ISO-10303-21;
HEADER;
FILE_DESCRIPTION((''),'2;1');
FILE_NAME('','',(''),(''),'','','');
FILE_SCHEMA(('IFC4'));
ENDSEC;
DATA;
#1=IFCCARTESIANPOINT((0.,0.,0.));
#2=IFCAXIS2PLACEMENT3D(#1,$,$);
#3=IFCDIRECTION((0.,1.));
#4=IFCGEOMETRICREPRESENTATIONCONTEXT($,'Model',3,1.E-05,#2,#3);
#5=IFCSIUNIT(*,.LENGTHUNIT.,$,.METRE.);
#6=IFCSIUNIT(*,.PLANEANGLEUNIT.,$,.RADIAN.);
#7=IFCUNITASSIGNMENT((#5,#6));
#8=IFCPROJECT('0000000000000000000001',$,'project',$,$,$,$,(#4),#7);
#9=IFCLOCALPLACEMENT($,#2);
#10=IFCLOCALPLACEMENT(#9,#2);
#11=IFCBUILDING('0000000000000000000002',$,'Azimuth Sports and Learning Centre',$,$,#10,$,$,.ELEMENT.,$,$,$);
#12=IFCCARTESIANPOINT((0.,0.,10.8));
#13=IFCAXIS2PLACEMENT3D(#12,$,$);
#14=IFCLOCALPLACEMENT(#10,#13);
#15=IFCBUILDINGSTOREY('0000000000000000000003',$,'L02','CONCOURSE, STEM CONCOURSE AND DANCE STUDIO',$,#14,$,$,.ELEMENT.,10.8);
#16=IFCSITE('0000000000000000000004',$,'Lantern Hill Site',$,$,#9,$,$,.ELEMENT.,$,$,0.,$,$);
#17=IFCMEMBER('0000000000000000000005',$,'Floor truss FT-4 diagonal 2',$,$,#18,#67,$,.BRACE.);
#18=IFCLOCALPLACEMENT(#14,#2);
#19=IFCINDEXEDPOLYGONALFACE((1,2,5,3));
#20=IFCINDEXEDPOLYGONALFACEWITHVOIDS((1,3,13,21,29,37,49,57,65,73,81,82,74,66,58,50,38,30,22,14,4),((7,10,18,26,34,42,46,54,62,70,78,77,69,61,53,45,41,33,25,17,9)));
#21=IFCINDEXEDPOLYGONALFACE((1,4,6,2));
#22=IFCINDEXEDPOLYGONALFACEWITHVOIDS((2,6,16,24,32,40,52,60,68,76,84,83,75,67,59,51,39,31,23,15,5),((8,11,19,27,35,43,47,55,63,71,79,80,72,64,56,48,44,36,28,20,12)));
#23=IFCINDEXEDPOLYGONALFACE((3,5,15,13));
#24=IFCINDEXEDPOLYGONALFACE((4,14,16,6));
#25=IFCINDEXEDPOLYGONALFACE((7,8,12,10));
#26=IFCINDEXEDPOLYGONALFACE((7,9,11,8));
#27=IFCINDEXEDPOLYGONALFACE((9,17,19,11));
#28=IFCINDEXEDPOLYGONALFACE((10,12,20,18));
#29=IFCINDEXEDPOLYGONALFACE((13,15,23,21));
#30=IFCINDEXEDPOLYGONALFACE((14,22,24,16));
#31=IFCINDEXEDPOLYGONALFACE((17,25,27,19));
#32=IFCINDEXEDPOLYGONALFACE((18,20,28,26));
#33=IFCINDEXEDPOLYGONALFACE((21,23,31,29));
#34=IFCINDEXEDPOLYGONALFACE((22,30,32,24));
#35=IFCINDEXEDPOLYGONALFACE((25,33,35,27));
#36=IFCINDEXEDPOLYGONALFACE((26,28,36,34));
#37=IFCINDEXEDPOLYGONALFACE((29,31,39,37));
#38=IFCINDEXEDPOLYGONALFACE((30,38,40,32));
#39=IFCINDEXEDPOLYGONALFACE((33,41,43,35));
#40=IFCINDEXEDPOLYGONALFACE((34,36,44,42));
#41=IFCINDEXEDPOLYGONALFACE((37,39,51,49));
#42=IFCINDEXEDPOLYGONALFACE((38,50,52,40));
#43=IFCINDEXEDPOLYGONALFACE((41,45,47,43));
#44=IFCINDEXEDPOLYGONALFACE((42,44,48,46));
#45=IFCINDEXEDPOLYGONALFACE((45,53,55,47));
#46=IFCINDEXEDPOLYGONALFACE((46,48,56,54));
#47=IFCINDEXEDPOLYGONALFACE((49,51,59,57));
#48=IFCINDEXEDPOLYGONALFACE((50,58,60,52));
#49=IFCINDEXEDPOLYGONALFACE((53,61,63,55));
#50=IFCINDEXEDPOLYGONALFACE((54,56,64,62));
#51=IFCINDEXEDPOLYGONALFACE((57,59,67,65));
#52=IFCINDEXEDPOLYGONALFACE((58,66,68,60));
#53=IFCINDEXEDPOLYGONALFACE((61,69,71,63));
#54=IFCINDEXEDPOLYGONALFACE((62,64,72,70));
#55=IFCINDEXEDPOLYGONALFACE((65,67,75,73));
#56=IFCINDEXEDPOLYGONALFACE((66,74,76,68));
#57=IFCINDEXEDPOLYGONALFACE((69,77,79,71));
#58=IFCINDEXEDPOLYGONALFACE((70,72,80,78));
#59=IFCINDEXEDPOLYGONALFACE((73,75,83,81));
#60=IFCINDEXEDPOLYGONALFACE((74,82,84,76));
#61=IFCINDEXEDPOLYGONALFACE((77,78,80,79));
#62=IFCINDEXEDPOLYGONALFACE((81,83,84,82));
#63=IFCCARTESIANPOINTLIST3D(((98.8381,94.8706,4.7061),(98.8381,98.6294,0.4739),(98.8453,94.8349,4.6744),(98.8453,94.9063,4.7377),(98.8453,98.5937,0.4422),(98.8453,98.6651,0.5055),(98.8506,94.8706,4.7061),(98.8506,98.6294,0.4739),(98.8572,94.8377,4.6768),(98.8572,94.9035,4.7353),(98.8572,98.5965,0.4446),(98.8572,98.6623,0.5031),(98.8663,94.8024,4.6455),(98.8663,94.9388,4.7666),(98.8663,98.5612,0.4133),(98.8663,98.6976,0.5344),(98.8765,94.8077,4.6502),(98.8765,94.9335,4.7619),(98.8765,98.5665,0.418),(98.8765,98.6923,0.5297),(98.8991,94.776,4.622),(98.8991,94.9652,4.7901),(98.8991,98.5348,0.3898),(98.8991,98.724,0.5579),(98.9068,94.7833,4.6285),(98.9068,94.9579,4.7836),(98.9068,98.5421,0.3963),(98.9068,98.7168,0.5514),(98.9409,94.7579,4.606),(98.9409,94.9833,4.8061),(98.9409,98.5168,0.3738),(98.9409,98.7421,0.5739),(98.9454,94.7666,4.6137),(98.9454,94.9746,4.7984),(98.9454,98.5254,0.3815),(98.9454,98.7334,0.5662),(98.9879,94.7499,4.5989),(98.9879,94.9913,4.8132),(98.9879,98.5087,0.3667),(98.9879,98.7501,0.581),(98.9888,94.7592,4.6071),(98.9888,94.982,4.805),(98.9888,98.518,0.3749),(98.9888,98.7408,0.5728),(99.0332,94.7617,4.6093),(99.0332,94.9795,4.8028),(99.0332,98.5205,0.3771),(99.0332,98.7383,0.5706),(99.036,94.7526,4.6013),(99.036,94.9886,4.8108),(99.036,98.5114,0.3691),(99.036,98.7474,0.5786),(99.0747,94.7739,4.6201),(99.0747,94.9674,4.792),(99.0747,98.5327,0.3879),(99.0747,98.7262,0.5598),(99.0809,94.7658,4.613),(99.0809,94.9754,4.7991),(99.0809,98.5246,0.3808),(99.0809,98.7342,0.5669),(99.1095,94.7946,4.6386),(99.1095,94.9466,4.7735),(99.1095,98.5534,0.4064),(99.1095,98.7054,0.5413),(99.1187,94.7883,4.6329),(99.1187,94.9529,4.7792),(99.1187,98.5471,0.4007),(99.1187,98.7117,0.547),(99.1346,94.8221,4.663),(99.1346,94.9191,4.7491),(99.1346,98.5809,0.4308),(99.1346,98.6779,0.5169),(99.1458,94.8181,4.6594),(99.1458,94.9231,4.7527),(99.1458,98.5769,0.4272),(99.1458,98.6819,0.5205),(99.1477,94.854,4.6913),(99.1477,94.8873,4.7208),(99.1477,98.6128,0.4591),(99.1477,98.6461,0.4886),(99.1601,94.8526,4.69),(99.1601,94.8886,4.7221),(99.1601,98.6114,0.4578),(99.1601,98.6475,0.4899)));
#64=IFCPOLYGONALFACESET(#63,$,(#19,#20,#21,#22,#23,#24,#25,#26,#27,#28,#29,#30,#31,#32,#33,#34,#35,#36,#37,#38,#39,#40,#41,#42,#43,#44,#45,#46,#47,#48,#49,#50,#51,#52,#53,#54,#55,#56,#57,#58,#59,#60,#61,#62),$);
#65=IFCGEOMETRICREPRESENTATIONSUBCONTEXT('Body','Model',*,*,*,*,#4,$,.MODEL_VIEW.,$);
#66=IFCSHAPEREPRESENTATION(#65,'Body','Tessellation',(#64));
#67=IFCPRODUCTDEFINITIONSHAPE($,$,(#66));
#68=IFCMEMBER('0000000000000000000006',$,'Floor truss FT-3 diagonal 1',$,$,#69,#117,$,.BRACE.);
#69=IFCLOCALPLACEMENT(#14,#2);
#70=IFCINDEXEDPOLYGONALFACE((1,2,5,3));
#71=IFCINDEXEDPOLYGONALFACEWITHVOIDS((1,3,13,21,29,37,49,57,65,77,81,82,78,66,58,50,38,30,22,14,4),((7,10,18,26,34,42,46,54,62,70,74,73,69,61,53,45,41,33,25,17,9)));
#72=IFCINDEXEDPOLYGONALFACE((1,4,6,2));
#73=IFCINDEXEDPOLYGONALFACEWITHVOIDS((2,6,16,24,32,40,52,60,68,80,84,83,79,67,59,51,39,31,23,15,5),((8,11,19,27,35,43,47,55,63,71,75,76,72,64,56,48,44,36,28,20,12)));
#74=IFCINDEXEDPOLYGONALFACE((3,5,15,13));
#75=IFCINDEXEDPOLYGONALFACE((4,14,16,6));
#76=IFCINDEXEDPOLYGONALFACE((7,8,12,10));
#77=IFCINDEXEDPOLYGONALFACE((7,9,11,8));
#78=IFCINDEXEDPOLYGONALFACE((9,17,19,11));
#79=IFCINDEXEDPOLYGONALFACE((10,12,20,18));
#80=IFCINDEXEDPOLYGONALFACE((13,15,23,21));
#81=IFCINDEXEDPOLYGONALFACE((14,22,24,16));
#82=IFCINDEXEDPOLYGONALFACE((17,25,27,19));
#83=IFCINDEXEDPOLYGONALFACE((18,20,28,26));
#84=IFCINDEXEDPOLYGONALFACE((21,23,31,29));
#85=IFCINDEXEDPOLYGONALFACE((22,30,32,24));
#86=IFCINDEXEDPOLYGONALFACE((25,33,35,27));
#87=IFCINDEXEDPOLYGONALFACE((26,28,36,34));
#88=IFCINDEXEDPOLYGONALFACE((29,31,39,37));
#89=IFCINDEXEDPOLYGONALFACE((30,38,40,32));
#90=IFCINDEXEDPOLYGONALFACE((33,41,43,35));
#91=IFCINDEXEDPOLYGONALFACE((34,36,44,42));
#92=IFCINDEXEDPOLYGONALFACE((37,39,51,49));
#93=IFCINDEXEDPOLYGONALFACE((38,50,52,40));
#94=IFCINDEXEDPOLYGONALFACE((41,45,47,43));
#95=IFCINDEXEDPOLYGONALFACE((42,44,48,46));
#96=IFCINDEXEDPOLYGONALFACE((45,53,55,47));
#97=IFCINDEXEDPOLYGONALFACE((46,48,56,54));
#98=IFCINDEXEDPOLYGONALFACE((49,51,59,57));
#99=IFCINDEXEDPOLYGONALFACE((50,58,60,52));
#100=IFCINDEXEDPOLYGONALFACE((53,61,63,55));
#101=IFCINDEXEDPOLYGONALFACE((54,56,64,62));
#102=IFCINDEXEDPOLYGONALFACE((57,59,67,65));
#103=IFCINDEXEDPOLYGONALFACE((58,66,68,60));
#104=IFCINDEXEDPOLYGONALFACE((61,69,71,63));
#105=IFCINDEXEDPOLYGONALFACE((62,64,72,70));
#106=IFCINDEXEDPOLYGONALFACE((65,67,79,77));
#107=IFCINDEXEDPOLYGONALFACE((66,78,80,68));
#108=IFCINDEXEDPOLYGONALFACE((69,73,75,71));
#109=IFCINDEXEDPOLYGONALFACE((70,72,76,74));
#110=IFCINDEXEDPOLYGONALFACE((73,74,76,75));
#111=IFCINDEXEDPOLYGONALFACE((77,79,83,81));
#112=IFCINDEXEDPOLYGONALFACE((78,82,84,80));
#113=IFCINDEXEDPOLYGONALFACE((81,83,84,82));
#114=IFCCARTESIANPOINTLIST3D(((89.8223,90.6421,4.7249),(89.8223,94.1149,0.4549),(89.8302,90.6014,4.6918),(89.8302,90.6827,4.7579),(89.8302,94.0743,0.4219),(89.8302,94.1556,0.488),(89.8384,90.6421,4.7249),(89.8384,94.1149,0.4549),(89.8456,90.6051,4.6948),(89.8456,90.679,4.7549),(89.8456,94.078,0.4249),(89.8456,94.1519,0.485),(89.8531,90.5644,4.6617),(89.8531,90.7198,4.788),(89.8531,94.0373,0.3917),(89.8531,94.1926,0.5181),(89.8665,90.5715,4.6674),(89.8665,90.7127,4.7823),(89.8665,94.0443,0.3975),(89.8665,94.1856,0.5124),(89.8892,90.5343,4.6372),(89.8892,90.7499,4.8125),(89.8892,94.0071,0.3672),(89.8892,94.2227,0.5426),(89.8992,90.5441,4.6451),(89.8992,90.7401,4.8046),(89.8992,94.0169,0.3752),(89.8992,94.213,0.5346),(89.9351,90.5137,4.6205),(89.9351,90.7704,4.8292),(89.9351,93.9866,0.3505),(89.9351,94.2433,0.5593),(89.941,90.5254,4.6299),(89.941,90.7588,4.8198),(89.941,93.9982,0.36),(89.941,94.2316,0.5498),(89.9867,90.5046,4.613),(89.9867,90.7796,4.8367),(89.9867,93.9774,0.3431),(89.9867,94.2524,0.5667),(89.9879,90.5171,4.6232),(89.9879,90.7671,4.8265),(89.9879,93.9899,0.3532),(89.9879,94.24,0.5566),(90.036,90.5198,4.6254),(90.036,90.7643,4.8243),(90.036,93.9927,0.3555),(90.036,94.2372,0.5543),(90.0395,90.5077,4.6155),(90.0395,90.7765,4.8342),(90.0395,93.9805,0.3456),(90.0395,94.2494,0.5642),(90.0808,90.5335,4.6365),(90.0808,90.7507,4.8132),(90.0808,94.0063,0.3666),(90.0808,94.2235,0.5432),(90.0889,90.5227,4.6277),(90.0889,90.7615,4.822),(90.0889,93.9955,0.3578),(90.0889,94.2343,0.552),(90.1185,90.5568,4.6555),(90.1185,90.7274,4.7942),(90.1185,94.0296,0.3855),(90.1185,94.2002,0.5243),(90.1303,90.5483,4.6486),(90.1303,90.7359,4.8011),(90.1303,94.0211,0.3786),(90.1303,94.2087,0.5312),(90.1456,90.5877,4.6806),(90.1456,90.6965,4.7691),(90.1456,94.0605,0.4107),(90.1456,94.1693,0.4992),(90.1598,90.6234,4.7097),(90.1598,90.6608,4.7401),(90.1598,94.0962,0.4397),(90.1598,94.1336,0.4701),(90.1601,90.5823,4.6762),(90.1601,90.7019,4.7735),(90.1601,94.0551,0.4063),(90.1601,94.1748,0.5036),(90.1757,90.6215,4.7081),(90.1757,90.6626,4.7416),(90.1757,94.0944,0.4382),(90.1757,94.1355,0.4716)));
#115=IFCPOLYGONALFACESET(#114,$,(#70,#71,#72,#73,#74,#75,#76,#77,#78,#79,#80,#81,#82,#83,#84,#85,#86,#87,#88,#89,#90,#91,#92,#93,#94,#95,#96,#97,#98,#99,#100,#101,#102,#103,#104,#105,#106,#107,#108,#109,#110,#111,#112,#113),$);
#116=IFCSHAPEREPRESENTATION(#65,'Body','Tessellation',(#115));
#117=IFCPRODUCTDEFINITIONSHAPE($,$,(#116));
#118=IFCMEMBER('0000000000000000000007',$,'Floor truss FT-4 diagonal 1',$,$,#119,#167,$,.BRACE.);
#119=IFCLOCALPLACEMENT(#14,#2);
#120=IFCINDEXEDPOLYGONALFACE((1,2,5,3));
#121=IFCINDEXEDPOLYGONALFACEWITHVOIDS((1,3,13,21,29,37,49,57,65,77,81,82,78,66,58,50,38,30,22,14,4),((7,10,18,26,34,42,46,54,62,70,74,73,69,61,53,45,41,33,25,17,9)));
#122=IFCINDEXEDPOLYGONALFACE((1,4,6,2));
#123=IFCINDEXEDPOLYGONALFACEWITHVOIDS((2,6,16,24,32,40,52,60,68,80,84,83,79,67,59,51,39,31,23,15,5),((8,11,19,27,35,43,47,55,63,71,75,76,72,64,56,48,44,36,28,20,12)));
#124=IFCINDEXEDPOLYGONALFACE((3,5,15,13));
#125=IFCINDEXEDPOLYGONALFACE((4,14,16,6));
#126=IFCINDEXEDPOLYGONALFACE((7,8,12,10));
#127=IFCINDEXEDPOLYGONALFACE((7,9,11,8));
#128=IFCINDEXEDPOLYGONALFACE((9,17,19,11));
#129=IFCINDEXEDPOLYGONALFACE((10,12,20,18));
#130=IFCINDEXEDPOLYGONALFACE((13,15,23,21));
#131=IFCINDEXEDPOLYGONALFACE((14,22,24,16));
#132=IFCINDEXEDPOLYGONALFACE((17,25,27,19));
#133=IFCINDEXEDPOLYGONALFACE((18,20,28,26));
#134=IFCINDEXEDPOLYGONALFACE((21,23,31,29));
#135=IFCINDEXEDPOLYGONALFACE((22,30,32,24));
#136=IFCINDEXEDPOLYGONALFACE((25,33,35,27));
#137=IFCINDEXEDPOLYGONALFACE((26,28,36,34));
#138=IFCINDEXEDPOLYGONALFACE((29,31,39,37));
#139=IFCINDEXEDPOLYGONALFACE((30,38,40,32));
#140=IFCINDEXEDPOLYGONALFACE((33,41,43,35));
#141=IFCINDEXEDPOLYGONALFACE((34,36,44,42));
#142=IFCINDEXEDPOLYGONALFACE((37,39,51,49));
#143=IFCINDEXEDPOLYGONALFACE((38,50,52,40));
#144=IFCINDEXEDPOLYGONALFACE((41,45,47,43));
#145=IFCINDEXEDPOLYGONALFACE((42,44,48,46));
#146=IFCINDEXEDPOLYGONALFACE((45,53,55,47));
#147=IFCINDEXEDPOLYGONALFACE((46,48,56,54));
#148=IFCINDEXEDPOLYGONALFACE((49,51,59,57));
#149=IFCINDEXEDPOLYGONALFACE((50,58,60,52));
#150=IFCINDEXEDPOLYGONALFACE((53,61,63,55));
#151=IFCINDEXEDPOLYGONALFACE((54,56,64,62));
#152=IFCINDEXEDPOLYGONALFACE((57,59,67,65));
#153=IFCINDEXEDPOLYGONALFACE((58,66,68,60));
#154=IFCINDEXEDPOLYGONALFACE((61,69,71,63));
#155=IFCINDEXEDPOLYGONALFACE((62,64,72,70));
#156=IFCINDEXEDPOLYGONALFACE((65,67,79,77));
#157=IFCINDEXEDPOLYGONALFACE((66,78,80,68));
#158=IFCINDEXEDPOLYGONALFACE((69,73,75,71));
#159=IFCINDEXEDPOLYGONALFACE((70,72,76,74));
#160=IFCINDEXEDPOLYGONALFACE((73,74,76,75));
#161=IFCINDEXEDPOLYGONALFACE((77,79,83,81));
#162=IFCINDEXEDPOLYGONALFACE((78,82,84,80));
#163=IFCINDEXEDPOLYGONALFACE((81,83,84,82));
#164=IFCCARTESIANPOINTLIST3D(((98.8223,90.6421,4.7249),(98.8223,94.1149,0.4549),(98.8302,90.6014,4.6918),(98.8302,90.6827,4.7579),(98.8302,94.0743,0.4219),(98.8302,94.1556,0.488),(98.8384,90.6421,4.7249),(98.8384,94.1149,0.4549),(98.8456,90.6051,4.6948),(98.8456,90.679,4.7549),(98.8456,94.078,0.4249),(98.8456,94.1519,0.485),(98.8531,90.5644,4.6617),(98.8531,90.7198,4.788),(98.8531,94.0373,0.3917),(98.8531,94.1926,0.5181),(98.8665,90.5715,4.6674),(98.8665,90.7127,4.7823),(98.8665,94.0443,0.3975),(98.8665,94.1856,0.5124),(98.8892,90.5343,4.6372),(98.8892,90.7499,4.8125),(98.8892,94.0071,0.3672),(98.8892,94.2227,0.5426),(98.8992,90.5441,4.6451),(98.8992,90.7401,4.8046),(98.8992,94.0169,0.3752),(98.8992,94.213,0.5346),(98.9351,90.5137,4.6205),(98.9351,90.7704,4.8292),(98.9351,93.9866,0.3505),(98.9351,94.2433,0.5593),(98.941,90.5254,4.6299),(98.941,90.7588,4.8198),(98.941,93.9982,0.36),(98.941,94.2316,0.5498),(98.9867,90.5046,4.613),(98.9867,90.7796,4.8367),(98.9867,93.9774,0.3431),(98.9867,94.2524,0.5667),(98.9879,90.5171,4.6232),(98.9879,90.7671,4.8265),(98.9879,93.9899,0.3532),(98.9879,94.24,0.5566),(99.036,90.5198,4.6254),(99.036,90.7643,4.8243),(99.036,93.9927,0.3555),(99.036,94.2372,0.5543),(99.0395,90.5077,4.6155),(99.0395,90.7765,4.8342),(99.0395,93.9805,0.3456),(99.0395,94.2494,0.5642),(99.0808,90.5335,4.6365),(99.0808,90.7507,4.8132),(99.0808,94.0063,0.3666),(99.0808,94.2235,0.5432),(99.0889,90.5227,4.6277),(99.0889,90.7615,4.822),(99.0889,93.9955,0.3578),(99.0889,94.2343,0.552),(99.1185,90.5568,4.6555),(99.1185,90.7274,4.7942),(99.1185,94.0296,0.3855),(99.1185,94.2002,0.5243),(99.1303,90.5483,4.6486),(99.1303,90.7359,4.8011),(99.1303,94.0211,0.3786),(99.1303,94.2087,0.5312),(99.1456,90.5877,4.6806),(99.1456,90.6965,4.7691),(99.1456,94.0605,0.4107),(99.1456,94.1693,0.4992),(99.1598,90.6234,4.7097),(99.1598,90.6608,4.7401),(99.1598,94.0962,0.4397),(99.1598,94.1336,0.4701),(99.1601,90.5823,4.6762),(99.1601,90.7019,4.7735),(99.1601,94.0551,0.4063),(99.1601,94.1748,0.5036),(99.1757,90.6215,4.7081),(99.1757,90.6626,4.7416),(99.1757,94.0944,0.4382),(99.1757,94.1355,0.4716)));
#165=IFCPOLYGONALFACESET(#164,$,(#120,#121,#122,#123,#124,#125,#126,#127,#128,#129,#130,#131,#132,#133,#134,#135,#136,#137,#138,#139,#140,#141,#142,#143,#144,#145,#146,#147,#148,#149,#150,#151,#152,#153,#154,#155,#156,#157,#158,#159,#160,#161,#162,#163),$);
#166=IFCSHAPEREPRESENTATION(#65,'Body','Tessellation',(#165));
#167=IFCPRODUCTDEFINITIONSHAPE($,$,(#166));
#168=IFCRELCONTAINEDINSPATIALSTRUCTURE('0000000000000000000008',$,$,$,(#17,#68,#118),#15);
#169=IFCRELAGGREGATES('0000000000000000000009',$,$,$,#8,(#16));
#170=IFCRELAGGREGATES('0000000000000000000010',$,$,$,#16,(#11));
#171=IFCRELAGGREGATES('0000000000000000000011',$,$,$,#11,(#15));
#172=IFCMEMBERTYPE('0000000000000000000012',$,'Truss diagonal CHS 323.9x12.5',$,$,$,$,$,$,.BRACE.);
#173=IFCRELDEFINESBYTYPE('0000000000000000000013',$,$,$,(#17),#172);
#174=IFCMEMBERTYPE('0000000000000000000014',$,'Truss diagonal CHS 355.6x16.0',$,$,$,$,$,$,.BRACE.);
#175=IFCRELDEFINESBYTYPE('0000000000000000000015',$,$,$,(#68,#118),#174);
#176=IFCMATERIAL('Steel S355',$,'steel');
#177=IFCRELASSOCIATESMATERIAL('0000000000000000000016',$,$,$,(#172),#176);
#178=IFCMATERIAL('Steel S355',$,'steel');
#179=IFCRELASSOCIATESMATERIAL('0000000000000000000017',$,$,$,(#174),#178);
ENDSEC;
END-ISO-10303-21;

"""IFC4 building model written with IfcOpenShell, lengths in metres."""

from ifc_helpers import new_model, si_unit, direction, frame, origin, origin_2d, place, context, subcontext, project, spatial, hollow_circle, extrude, material, material_profile, profile_set, type_object, element, save


model = new_model("IFC4")

# Units and contexts
model_context = context("Model", 3, precision=1e-05, world=origin(), true_north=direction((0.0, 1.0)))
body_context = subcontext(model_context, "Body", "Model", "MODEL_VIEW")
ifc_project = project(units=[si_unit("LENGTHUNIT", "METRE"), si_unit("PLANEANGLEUNIT", "RADIAN")], contexts=[model_context])

# Site, building, storey
site_placement = place(None, origin())
site = spatial("IfcSite", under=ifc_project, at=site_placement, Name="Lantern Hill Site", CompositionType="ELEMENT", RefElevation=0.0)
building_placement = place(site_placement, origin())
building = spatial("IfcBuilding", under=site, at=building_placement, Name="Azimuth Sports and Learning Centre", CompositionType="ELEMENT")
storey_placement = place(building_placement, frame((0.0, 0.0, 10.8)))
storey = spatial("IfcBuildingStorey", under=building, at=storey_placement, Name="L02", Description="CONCOURSE, STEM CONCOURSE AND DANCE STUDIO", CompositionType="ELEMENT", Elevation=10.8)

# Members
ifc_material_1 = material(Name="Steel S355", Category="steel")
ifc_material_profile_1 = material_profile(ifc_material_1, hollow_circle(Radius=0.1619, WallThickness=0.0125, at=origin_2d()), Name="CHS 323.9x12.5")
ifc_profile_set_1 = profile_set([ifc_material_profile_1], Name="Steel S355")
member_type_1 = type_object("IfcMemberType", Name="Truss diagonal CHS 323.9x12.5", PredefinedType="BRACE", material=ifc_profile_set_1)
for number, where, z_axis, x_axis, name in (
    (1, (99.0, 94.8706, 4.7061), (0.0, 0.664053, -0.747685), (-1.0, 0.0, 0.0), "Floor truss FT-4 diagonal 2"),
):
    element("IfcMember", number, at=place(storey_placement, frame(where, z_axis=z_axis, x_axis=x_axis)), inside=storey, type_object=member_type_1, Name=name, PredefinedType="BRACE", context=body_context, shape_type="SweptSolid", body=[
        extrude(hollow_circle(Radius=0.1619, WallThickness=0.0125, at=origin_2d()), origin(), (0.0, 0.0, 1.0), 5.6604),
    ])
ifc_material_2 = material(Name="Steel S355", Category="steel")
ifc_material_profile_2 = material_profile(ifc_material_2, hollow_circle(Radius=0.1777, WallThickness=0.0161, at=origin_2d()), Name="CHS 355.6x16.0")
ifc_profile_set_2 = profile_set([ifc_material_profile_2], Name="Steel S355")
member_type_2 = type_object("IfcMemberType", Name="Truss diagonal CHS 355.6x16.0", PredefinedType="BRACE", material=ifc_profile_set_2)
for number, where, z_axis, x_axis, name in (
    (2, (90.0, 90.6421, 4.7249), (0.0, 0.630977, -0.775802), (-1.0, 0.0, 0.0), "Floor truss FT-3 diagonal 1"),
    (3, (99.0, 90.6421, 4.7249), (0.0, 0.630977, -0.775802), (-1.0, 0.0, 0.0), "Floor truss FT-4 diagonal 1"),
):
    element("IfcMember", number, at=place(storey_placement, frame(where, z_axis=z_axis, x_axis=x_axis)), inside=storey, type_object=member_type_2, Name=name, PredefinedType="BRACE", context=body_context, shape_type="SweptSolid", body=[
        extrude(hollow_circle(Radius=0.1777, WallThickness=0.0161, at=origin_2d()), origin(), (0.0, 0.0, 1.0), 5.5039),
    ])

save(model, "model.ifc")
